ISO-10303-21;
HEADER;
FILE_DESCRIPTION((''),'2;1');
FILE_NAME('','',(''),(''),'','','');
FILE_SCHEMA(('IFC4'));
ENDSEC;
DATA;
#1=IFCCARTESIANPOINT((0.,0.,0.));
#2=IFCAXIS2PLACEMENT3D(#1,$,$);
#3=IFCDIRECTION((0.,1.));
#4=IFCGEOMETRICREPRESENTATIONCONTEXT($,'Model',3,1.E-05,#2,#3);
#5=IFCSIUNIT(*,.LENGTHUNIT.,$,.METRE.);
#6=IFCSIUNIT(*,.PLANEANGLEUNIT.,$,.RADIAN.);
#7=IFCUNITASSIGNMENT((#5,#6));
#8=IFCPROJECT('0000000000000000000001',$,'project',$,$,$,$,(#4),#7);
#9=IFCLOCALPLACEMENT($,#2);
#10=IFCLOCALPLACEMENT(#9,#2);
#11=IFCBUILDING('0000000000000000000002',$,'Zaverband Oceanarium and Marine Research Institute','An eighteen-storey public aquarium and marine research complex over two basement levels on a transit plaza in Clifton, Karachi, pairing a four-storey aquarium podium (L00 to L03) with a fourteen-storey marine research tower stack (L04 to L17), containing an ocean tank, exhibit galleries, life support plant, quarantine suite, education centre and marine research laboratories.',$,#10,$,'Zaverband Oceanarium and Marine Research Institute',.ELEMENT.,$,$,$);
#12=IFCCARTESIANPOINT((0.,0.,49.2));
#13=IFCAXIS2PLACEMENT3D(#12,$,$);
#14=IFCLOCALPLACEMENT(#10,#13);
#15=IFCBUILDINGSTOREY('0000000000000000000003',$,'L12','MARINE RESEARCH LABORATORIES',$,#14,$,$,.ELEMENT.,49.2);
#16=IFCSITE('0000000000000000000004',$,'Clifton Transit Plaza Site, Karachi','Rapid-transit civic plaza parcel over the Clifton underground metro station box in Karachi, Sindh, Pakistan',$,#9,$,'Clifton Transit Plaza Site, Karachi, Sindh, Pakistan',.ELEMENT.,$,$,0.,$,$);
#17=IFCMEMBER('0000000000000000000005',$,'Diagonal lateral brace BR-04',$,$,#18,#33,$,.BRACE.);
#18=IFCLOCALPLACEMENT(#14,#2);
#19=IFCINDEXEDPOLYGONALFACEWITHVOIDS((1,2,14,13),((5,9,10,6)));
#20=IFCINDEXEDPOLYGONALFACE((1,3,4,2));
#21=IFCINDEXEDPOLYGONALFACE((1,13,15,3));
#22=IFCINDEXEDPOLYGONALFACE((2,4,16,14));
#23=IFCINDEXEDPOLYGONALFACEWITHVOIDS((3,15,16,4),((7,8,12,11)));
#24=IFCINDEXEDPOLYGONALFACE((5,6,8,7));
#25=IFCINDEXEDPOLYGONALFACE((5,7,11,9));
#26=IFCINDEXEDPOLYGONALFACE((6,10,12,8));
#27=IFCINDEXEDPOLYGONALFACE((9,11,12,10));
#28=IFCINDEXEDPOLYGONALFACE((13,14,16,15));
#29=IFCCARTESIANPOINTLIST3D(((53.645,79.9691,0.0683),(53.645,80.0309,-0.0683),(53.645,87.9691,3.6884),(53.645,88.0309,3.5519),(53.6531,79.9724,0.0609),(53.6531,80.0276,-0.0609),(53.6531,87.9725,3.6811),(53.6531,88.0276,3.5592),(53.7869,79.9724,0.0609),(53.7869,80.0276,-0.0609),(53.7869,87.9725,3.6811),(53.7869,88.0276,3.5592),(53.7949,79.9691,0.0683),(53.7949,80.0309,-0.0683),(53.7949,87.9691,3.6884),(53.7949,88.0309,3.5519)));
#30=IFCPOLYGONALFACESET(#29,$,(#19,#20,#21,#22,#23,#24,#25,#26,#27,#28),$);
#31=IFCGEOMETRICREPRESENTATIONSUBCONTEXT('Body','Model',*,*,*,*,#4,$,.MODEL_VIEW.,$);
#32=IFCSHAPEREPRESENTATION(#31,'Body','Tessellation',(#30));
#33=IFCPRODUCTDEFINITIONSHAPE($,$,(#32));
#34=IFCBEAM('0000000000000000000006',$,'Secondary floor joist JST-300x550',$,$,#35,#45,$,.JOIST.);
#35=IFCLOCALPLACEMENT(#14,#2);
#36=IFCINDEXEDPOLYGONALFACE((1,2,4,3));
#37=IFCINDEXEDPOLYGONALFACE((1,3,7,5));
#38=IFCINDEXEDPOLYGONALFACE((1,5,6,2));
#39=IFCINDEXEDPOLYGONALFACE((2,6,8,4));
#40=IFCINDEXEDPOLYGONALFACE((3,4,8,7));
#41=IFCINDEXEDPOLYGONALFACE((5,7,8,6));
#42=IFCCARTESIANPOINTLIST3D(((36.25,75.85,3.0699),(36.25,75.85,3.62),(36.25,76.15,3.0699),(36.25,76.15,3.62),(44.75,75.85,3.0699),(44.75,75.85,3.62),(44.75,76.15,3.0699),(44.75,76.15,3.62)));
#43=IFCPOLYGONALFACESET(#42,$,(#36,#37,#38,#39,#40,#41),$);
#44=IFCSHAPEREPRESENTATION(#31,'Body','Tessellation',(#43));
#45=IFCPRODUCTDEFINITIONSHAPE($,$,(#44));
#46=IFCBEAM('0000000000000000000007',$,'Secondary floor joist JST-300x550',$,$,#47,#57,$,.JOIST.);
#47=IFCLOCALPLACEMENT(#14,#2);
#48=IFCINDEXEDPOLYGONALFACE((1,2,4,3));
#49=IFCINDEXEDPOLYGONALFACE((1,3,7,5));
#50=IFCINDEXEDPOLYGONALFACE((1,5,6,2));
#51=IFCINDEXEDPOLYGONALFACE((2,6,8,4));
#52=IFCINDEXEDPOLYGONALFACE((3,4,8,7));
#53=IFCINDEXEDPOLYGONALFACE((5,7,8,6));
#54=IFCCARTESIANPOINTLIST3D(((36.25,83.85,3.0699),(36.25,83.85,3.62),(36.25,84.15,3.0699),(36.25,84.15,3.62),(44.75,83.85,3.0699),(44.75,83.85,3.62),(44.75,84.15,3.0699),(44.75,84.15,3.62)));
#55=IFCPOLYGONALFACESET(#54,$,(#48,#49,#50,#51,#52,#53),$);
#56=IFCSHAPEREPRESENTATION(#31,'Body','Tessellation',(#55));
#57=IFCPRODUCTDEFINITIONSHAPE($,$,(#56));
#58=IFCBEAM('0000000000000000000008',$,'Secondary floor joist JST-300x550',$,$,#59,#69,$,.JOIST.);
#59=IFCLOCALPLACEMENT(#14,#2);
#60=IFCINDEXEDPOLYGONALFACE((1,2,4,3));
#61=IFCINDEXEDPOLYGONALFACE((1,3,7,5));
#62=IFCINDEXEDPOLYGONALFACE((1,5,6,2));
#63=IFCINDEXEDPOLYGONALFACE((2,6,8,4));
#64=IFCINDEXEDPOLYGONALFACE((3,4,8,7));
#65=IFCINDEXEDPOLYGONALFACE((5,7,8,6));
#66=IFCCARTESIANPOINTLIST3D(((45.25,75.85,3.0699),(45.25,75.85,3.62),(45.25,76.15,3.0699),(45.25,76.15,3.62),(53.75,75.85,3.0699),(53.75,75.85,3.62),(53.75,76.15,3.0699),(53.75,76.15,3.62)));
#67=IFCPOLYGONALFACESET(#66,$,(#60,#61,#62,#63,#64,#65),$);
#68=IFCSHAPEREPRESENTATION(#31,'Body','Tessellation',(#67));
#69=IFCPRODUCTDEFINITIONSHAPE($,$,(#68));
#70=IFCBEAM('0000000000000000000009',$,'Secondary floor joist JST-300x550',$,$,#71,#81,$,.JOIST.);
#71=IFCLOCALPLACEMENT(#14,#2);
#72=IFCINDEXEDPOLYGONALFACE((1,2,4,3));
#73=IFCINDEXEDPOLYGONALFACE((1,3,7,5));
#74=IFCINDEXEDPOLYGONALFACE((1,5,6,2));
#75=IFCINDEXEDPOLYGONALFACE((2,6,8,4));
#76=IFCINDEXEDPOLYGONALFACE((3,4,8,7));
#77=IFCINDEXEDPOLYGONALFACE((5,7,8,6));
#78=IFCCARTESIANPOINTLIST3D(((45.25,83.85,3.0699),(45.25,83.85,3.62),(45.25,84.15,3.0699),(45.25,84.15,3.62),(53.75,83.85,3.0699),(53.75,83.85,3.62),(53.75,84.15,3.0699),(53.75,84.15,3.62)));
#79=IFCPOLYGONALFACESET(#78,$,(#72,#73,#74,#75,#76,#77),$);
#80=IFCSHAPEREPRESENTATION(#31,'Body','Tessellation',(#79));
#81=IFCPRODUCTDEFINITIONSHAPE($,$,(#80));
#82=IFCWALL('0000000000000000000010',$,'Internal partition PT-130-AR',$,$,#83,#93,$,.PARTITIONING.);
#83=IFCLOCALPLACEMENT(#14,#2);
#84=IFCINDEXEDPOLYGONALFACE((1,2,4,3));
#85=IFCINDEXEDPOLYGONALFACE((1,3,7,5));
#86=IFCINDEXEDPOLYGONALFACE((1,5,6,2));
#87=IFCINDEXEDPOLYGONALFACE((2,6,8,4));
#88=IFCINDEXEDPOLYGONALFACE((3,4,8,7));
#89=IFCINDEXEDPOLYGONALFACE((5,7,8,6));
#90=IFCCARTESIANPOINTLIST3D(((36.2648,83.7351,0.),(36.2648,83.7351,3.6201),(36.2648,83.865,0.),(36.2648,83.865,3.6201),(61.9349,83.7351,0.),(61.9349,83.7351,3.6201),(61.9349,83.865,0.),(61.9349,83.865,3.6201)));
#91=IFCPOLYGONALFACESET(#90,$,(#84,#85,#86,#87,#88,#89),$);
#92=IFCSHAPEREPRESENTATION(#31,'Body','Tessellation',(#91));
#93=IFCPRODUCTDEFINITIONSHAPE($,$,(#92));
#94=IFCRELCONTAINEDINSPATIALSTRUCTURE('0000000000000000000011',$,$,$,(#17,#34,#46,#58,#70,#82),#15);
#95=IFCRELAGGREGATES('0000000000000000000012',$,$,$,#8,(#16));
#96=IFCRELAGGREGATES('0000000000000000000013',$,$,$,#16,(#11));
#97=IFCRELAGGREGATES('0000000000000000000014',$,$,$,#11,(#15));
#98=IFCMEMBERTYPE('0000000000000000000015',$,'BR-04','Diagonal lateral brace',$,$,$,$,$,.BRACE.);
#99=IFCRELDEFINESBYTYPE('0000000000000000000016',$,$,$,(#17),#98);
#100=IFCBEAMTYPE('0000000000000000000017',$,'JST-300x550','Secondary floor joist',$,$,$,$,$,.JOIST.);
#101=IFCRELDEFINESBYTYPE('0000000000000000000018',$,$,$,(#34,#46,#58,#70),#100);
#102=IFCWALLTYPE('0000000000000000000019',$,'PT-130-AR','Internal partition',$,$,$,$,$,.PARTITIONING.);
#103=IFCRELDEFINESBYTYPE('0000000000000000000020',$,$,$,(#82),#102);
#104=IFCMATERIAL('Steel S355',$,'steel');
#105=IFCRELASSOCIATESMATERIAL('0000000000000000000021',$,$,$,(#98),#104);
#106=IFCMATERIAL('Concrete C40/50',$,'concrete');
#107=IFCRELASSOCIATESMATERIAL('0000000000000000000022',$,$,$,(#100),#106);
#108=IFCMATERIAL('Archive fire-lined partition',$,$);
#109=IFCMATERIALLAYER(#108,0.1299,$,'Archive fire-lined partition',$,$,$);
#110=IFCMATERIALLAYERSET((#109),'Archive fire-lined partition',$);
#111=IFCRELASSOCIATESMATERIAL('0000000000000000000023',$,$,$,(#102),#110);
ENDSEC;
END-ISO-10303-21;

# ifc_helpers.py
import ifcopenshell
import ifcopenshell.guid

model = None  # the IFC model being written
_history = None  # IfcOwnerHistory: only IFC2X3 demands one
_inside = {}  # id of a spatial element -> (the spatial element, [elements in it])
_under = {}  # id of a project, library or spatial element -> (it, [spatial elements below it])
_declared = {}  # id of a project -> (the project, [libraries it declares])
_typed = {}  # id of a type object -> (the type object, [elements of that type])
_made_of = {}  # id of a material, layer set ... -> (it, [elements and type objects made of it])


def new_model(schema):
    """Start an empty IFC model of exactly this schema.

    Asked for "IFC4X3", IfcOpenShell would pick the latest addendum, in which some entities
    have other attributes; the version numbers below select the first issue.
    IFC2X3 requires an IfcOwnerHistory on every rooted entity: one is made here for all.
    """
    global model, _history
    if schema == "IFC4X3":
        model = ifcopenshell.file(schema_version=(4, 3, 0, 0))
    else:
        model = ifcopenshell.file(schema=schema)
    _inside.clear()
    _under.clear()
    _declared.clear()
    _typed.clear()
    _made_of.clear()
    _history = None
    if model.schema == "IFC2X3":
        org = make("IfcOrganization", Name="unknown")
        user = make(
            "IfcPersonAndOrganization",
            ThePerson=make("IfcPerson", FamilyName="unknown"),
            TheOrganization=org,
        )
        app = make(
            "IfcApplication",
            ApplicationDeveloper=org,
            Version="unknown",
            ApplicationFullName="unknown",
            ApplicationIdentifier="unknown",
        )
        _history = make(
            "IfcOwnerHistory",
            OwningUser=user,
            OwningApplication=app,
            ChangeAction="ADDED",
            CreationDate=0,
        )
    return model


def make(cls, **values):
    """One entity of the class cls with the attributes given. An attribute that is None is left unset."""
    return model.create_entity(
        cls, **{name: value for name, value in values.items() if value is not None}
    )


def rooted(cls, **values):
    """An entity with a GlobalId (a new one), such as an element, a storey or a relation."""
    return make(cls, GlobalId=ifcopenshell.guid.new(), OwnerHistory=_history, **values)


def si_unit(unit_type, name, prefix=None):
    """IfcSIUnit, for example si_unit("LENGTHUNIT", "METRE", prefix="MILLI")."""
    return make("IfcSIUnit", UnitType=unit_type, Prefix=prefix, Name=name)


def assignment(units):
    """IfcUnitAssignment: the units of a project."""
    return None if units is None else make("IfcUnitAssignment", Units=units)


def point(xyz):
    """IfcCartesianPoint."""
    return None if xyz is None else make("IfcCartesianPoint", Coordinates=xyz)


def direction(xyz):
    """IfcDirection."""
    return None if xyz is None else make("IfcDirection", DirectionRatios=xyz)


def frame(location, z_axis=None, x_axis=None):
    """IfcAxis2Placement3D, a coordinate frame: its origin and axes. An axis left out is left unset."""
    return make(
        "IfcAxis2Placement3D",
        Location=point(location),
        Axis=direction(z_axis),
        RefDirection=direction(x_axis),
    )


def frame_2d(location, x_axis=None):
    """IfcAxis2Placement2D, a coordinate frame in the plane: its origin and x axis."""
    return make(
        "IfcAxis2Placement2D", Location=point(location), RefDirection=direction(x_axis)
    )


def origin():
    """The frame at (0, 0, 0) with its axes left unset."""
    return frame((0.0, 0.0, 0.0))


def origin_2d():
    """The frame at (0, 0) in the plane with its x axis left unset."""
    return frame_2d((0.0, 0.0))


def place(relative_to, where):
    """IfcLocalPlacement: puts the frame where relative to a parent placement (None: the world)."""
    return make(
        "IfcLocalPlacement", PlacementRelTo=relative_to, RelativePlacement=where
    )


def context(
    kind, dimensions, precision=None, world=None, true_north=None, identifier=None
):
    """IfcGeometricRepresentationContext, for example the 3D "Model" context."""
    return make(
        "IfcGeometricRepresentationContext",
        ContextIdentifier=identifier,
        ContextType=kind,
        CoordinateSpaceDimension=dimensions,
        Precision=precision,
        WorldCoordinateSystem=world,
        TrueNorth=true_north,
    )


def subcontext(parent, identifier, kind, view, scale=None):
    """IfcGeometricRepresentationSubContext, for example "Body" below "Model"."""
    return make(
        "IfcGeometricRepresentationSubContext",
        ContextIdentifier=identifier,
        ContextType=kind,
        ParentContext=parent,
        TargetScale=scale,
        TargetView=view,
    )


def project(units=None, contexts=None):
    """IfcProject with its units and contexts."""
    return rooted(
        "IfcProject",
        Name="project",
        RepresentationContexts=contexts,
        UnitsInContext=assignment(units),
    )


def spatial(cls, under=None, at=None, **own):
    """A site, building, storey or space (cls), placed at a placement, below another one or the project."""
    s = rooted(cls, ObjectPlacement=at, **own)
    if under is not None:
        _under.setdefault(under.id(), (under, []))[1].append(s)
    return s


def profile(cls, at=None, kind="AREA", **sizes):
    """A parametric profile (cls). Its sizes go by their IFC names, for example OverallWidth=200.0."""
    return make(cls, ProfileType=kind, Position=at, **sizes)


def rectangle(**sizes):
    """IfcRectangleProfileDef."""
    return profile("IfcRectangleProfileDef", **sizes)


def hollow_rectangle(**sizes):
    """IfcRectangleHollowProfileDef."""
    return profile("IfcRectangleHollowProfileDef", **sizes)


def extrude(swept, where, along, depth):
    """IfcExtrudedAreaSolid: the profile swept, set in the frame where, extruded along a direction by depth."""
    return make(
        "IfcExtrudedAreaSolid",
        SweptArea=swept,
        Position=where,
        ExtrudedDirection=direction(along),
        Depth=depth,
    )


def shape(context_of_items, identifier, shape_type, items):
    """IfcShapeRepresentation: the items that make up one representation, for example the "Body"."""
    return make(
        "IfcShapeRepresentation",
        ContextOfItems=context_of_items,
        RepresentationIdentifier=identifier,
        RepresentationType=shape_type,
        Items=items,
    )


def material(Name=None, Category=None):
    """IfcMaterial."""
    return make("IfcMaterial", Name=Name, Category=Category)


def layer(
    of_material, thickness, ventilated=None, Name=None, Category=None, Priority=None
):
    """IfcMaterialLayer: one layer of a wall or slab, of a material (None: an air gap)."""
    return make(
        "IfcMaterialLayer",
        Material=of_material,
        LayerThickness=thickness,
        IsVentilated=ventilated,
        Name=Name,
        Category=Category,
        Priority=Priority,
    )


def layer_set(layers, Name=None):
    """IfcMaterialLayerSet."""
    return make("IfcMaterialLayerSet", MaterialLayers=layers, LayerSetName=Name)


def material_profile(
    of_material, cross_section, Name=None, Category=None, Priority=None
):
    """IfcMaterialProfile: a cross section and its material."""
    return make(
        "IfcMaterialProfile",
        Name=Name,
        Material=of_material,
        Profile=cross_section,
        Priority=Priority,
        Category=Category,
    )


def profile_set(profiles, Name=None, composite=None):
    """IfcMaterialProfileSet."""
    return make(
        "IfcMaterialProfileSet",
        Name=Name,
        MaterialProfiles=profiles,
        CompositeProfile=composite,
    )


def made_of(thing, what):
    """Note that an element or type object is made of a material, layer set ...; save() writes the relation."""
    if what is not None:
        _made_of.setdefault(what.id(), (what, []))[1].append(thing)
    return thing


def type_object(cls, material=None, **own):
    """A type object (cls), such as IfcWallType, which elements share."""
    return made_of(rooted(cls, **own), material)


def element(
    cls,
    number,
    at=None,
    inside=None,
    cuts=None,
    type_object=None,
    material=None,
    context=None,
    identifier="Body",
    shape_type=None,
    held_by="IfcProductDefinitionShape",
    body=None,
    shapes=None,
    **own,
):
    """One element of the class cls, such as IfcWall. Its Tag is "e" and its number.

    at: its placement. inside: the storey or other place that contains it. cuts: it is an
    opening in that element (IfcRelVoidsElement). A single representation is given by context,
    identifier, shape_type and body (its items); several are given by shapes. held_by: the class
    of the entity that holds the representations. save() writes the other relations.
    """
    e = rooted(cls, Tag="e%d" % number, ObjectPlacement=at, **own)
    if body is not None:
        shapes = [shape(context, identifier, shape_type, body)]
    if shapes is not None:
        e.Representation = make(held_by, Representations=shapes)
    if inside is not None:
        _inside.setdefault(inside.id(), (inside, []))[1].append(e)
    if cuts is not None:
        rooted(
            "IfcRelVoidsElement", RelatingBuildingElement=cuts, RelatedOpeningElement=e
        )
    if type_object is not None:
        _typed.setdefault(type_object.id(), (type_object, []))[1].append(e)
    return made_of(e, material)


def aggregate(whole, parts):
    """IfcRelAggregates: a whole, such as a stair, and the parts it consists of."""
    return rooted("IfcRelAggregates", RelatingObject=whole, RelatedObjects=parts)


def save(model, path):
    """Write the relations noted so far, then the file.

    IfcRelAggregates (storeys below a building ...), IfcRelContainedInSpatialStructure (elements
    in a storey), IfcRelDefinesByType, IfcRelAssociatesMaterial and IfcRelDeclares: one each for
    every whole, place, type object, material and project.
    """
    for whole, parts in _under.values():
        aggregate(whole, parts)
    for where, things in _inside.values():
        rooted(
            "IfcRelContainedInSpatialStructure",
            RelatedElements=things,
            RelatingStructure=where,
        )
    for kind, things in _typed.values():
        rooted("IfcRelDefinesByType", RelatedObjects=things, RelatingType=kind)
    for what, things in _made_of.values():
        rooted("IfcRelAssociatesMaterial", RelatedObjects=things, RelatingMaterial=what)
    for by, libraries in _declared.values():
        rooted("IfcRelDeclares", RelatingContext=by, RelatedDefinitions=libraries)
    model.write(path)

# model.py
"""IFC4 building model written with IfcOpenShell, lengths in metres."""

from ifc_helpers import new_model, si_unit, direction, frame, frame_2d, origin, origin_2d, place, context, subcontext, project, spatial, rectangle, hollow_rectangle, extrude, material, layer, layer_set, material_profile, profile_set, type_object, element, save


model = new_model("IFC4")

# Units and contexts
model_context = context("Model", 3, precision=1e-05, world=origin(), true_north=direction((0.0, 1.0)))
body_context = subcontext(model_context, "Body", "Model", "MODEL_VIEW")
ifc_project = project(units=[si_unit("LENGTHUNIT", "METRE"), si_unit("PLANEANGLEUNIT", "RADIAN")], contexts=[model_context])

# Site, building, storey
site_placement = place(None, origin())
site = spatial("IfcSite", under=ifc_project, at=site_placement, Name="Clifton Transit Plaza Site, Karachi", Description="Rapid-transit civic plaza parcel over the Clifton underground metro station box in Karachi, Sindh, Pakistan", LongName="Clifton Transit Plaza Site, Karachi, Sindh, Pakistan", CompositionType="ELEMENT", RefElevation=0.0)
building_placement = place(site_placement, origin())
building = spatial("IfcBuilding", under=site, at=building_placement, Name="Zaverband Oceanarium and Marine Research Institute", Description="An eighteen-storey public aquarium and marine research complex over two basement levels on a transit plaza in Clifton, Karachi, pairing a four-storey aquarium podium (L00 to L03) with a fourteen-storey marine research tower stack (L04 to L17), containing an ocean tank, exhibit galleries, life support plant, quarantine suite, education centre and marine research laboratories.", LongName="Zaverband Oceanarium and Marine Research Institute", CompositionType="ELEMENT")
storey_placement = place(building_placement, frame((0.0, 0.0, 49.2)))
storey = spatial("IfcBuildingStorey", under=building, at=storey_placement, Name="L12", Description="MARINE RESEARCH LABORATORIES", CompositionType="ELEMENT", Elevation=49.2)

# Shared definitions
ifc_material_1 = material(Name="Concrete C40/50", Category="concrete")

# Member
ifc_material_2 = material(Name="Steel S355", Category="steel")
ifc_material_profile_1 = material_profile(ifc_material_2, hollow_rectangle(XDim=0.1499, YDim=0.1499, WallThickness=0.0081, at=origin_2d()), Name="SHS150x150x8")
ifc_profile_set_1 = profile_set([ifc_material_profile_1], Name="Steel S355")
member_type = type_object("IfcMemberType", Name="BR-04", Description="Diagonal lateral brace", PredefinedType="BRACE", material=ifc_profile_set_1)
member_placement = place(storey_placement, frame((53.72, 80.0, 0.0), z_axis=(0.0, 0.911062, 0.412269), x_axis=(-1.0, 0.0, 0.0)))
element("IfcMember", 1, at=member_placement, inside=storey, type_object=member_type, Name="Diagonal lateral brace BR-04", PredefinedType="BRACE", context=body_context, shape_type="SweptSolid", body=[
    extrude(hollow_rectangle(XDim=0.1499, YDim=0.1499, WallThickness=0.0081, at=origin_2d()), origin(), (0.0, 0.0, 1.0), 8.781),
])

# Beams
ifc_material_profile_2 = material_profile(ifc_material_1, rectangle(XDim=0.3, YDim=0.55, at=origin_2d()), Name="RC300x550")
ifc_profile_set_2 = profile_set([ifc_material_profile_2], Name="Concrete C40/50")
beam_type_1 = type_object("IfcBeamType", Name="JST-300x550", Description="Secondary floor joist", PredefinedType="JOIST", material=ifc_profile_set_2)
for number, where, z_axis, x_axis, name in (
    (2, (36.25, 76.0, 3.345), (1.0, 0.0, 0.0), (0.0, 1.0, 0.0), "Secondary floor joist JST-300x550"),
    (3, (36.25, 84.0, 3.345), (1.0, 0.0, 0.0), (0.0, 1.0, 0.0), "Secondary floor joist JST-300x550"),
    (4, (45.25, 76.0, 3.345), (1.0, 0.0, 0.0), (0.0, 1.0, 0.0), "Secondary floor joist JST-300x550"),
    (5, (45.25, 84.0, 3.345), (1.0, 0.0, 0.0), (0.0, 1.0, 0.0), "Secondary floor joist JST-300x550"),
):
    element("IfcBeam", number, at=place(storey_placement, frame(where, z_axis=z_axis, x_axis=x_axis)), inside=storey, type_object=beam_type_1, Name=name, PredefinedType="JOIST", context=body_context, shape_type="SweptSolid", body=[
        extrude(rectangle(XDim=0.3, YDim=0.55, at=origin_2d()), origin(), (0.0, 0.0, 1.0), 8.5),
    ])

# Wall
ifc_material_3 = material(Name="Archive fire-lined partition")
ifc_layer = layer(ifc_material_3, 0.1299, Name="Archive fire-lined partition")
ifc_layer_set = layer_set([ifc_layer], Name="Archive fire-lined partition")
wall_type = type_object("IfcWallType", Name="PT-130-AR", Description="Internal partition", PredefinedType="PARTITIONING", material=ifc_layer_set)
wall_placement = place(storey_placement, frame((36.2649, 83.8, 0.0), z_axis=(0.0, 0.0, 1.0), x_axis=(1.0, 0.0, 0.0)))
element("IfcWall", 6, at=wall_placement, inside=storey, type_object=wall_type, Name="Internal partition PT-130-AR", PredefinedType="PARTITIONING", context=body_context, shape_type="SweptSolid", body=[
    extrude(rectangle(XDim=25.6702, YDim=0.1299, at=frame_2d((12.835, 0.0))), origin(), (0.0, 0.0, 1.0), 3.6201),
])

save(model, "model.ifc")
